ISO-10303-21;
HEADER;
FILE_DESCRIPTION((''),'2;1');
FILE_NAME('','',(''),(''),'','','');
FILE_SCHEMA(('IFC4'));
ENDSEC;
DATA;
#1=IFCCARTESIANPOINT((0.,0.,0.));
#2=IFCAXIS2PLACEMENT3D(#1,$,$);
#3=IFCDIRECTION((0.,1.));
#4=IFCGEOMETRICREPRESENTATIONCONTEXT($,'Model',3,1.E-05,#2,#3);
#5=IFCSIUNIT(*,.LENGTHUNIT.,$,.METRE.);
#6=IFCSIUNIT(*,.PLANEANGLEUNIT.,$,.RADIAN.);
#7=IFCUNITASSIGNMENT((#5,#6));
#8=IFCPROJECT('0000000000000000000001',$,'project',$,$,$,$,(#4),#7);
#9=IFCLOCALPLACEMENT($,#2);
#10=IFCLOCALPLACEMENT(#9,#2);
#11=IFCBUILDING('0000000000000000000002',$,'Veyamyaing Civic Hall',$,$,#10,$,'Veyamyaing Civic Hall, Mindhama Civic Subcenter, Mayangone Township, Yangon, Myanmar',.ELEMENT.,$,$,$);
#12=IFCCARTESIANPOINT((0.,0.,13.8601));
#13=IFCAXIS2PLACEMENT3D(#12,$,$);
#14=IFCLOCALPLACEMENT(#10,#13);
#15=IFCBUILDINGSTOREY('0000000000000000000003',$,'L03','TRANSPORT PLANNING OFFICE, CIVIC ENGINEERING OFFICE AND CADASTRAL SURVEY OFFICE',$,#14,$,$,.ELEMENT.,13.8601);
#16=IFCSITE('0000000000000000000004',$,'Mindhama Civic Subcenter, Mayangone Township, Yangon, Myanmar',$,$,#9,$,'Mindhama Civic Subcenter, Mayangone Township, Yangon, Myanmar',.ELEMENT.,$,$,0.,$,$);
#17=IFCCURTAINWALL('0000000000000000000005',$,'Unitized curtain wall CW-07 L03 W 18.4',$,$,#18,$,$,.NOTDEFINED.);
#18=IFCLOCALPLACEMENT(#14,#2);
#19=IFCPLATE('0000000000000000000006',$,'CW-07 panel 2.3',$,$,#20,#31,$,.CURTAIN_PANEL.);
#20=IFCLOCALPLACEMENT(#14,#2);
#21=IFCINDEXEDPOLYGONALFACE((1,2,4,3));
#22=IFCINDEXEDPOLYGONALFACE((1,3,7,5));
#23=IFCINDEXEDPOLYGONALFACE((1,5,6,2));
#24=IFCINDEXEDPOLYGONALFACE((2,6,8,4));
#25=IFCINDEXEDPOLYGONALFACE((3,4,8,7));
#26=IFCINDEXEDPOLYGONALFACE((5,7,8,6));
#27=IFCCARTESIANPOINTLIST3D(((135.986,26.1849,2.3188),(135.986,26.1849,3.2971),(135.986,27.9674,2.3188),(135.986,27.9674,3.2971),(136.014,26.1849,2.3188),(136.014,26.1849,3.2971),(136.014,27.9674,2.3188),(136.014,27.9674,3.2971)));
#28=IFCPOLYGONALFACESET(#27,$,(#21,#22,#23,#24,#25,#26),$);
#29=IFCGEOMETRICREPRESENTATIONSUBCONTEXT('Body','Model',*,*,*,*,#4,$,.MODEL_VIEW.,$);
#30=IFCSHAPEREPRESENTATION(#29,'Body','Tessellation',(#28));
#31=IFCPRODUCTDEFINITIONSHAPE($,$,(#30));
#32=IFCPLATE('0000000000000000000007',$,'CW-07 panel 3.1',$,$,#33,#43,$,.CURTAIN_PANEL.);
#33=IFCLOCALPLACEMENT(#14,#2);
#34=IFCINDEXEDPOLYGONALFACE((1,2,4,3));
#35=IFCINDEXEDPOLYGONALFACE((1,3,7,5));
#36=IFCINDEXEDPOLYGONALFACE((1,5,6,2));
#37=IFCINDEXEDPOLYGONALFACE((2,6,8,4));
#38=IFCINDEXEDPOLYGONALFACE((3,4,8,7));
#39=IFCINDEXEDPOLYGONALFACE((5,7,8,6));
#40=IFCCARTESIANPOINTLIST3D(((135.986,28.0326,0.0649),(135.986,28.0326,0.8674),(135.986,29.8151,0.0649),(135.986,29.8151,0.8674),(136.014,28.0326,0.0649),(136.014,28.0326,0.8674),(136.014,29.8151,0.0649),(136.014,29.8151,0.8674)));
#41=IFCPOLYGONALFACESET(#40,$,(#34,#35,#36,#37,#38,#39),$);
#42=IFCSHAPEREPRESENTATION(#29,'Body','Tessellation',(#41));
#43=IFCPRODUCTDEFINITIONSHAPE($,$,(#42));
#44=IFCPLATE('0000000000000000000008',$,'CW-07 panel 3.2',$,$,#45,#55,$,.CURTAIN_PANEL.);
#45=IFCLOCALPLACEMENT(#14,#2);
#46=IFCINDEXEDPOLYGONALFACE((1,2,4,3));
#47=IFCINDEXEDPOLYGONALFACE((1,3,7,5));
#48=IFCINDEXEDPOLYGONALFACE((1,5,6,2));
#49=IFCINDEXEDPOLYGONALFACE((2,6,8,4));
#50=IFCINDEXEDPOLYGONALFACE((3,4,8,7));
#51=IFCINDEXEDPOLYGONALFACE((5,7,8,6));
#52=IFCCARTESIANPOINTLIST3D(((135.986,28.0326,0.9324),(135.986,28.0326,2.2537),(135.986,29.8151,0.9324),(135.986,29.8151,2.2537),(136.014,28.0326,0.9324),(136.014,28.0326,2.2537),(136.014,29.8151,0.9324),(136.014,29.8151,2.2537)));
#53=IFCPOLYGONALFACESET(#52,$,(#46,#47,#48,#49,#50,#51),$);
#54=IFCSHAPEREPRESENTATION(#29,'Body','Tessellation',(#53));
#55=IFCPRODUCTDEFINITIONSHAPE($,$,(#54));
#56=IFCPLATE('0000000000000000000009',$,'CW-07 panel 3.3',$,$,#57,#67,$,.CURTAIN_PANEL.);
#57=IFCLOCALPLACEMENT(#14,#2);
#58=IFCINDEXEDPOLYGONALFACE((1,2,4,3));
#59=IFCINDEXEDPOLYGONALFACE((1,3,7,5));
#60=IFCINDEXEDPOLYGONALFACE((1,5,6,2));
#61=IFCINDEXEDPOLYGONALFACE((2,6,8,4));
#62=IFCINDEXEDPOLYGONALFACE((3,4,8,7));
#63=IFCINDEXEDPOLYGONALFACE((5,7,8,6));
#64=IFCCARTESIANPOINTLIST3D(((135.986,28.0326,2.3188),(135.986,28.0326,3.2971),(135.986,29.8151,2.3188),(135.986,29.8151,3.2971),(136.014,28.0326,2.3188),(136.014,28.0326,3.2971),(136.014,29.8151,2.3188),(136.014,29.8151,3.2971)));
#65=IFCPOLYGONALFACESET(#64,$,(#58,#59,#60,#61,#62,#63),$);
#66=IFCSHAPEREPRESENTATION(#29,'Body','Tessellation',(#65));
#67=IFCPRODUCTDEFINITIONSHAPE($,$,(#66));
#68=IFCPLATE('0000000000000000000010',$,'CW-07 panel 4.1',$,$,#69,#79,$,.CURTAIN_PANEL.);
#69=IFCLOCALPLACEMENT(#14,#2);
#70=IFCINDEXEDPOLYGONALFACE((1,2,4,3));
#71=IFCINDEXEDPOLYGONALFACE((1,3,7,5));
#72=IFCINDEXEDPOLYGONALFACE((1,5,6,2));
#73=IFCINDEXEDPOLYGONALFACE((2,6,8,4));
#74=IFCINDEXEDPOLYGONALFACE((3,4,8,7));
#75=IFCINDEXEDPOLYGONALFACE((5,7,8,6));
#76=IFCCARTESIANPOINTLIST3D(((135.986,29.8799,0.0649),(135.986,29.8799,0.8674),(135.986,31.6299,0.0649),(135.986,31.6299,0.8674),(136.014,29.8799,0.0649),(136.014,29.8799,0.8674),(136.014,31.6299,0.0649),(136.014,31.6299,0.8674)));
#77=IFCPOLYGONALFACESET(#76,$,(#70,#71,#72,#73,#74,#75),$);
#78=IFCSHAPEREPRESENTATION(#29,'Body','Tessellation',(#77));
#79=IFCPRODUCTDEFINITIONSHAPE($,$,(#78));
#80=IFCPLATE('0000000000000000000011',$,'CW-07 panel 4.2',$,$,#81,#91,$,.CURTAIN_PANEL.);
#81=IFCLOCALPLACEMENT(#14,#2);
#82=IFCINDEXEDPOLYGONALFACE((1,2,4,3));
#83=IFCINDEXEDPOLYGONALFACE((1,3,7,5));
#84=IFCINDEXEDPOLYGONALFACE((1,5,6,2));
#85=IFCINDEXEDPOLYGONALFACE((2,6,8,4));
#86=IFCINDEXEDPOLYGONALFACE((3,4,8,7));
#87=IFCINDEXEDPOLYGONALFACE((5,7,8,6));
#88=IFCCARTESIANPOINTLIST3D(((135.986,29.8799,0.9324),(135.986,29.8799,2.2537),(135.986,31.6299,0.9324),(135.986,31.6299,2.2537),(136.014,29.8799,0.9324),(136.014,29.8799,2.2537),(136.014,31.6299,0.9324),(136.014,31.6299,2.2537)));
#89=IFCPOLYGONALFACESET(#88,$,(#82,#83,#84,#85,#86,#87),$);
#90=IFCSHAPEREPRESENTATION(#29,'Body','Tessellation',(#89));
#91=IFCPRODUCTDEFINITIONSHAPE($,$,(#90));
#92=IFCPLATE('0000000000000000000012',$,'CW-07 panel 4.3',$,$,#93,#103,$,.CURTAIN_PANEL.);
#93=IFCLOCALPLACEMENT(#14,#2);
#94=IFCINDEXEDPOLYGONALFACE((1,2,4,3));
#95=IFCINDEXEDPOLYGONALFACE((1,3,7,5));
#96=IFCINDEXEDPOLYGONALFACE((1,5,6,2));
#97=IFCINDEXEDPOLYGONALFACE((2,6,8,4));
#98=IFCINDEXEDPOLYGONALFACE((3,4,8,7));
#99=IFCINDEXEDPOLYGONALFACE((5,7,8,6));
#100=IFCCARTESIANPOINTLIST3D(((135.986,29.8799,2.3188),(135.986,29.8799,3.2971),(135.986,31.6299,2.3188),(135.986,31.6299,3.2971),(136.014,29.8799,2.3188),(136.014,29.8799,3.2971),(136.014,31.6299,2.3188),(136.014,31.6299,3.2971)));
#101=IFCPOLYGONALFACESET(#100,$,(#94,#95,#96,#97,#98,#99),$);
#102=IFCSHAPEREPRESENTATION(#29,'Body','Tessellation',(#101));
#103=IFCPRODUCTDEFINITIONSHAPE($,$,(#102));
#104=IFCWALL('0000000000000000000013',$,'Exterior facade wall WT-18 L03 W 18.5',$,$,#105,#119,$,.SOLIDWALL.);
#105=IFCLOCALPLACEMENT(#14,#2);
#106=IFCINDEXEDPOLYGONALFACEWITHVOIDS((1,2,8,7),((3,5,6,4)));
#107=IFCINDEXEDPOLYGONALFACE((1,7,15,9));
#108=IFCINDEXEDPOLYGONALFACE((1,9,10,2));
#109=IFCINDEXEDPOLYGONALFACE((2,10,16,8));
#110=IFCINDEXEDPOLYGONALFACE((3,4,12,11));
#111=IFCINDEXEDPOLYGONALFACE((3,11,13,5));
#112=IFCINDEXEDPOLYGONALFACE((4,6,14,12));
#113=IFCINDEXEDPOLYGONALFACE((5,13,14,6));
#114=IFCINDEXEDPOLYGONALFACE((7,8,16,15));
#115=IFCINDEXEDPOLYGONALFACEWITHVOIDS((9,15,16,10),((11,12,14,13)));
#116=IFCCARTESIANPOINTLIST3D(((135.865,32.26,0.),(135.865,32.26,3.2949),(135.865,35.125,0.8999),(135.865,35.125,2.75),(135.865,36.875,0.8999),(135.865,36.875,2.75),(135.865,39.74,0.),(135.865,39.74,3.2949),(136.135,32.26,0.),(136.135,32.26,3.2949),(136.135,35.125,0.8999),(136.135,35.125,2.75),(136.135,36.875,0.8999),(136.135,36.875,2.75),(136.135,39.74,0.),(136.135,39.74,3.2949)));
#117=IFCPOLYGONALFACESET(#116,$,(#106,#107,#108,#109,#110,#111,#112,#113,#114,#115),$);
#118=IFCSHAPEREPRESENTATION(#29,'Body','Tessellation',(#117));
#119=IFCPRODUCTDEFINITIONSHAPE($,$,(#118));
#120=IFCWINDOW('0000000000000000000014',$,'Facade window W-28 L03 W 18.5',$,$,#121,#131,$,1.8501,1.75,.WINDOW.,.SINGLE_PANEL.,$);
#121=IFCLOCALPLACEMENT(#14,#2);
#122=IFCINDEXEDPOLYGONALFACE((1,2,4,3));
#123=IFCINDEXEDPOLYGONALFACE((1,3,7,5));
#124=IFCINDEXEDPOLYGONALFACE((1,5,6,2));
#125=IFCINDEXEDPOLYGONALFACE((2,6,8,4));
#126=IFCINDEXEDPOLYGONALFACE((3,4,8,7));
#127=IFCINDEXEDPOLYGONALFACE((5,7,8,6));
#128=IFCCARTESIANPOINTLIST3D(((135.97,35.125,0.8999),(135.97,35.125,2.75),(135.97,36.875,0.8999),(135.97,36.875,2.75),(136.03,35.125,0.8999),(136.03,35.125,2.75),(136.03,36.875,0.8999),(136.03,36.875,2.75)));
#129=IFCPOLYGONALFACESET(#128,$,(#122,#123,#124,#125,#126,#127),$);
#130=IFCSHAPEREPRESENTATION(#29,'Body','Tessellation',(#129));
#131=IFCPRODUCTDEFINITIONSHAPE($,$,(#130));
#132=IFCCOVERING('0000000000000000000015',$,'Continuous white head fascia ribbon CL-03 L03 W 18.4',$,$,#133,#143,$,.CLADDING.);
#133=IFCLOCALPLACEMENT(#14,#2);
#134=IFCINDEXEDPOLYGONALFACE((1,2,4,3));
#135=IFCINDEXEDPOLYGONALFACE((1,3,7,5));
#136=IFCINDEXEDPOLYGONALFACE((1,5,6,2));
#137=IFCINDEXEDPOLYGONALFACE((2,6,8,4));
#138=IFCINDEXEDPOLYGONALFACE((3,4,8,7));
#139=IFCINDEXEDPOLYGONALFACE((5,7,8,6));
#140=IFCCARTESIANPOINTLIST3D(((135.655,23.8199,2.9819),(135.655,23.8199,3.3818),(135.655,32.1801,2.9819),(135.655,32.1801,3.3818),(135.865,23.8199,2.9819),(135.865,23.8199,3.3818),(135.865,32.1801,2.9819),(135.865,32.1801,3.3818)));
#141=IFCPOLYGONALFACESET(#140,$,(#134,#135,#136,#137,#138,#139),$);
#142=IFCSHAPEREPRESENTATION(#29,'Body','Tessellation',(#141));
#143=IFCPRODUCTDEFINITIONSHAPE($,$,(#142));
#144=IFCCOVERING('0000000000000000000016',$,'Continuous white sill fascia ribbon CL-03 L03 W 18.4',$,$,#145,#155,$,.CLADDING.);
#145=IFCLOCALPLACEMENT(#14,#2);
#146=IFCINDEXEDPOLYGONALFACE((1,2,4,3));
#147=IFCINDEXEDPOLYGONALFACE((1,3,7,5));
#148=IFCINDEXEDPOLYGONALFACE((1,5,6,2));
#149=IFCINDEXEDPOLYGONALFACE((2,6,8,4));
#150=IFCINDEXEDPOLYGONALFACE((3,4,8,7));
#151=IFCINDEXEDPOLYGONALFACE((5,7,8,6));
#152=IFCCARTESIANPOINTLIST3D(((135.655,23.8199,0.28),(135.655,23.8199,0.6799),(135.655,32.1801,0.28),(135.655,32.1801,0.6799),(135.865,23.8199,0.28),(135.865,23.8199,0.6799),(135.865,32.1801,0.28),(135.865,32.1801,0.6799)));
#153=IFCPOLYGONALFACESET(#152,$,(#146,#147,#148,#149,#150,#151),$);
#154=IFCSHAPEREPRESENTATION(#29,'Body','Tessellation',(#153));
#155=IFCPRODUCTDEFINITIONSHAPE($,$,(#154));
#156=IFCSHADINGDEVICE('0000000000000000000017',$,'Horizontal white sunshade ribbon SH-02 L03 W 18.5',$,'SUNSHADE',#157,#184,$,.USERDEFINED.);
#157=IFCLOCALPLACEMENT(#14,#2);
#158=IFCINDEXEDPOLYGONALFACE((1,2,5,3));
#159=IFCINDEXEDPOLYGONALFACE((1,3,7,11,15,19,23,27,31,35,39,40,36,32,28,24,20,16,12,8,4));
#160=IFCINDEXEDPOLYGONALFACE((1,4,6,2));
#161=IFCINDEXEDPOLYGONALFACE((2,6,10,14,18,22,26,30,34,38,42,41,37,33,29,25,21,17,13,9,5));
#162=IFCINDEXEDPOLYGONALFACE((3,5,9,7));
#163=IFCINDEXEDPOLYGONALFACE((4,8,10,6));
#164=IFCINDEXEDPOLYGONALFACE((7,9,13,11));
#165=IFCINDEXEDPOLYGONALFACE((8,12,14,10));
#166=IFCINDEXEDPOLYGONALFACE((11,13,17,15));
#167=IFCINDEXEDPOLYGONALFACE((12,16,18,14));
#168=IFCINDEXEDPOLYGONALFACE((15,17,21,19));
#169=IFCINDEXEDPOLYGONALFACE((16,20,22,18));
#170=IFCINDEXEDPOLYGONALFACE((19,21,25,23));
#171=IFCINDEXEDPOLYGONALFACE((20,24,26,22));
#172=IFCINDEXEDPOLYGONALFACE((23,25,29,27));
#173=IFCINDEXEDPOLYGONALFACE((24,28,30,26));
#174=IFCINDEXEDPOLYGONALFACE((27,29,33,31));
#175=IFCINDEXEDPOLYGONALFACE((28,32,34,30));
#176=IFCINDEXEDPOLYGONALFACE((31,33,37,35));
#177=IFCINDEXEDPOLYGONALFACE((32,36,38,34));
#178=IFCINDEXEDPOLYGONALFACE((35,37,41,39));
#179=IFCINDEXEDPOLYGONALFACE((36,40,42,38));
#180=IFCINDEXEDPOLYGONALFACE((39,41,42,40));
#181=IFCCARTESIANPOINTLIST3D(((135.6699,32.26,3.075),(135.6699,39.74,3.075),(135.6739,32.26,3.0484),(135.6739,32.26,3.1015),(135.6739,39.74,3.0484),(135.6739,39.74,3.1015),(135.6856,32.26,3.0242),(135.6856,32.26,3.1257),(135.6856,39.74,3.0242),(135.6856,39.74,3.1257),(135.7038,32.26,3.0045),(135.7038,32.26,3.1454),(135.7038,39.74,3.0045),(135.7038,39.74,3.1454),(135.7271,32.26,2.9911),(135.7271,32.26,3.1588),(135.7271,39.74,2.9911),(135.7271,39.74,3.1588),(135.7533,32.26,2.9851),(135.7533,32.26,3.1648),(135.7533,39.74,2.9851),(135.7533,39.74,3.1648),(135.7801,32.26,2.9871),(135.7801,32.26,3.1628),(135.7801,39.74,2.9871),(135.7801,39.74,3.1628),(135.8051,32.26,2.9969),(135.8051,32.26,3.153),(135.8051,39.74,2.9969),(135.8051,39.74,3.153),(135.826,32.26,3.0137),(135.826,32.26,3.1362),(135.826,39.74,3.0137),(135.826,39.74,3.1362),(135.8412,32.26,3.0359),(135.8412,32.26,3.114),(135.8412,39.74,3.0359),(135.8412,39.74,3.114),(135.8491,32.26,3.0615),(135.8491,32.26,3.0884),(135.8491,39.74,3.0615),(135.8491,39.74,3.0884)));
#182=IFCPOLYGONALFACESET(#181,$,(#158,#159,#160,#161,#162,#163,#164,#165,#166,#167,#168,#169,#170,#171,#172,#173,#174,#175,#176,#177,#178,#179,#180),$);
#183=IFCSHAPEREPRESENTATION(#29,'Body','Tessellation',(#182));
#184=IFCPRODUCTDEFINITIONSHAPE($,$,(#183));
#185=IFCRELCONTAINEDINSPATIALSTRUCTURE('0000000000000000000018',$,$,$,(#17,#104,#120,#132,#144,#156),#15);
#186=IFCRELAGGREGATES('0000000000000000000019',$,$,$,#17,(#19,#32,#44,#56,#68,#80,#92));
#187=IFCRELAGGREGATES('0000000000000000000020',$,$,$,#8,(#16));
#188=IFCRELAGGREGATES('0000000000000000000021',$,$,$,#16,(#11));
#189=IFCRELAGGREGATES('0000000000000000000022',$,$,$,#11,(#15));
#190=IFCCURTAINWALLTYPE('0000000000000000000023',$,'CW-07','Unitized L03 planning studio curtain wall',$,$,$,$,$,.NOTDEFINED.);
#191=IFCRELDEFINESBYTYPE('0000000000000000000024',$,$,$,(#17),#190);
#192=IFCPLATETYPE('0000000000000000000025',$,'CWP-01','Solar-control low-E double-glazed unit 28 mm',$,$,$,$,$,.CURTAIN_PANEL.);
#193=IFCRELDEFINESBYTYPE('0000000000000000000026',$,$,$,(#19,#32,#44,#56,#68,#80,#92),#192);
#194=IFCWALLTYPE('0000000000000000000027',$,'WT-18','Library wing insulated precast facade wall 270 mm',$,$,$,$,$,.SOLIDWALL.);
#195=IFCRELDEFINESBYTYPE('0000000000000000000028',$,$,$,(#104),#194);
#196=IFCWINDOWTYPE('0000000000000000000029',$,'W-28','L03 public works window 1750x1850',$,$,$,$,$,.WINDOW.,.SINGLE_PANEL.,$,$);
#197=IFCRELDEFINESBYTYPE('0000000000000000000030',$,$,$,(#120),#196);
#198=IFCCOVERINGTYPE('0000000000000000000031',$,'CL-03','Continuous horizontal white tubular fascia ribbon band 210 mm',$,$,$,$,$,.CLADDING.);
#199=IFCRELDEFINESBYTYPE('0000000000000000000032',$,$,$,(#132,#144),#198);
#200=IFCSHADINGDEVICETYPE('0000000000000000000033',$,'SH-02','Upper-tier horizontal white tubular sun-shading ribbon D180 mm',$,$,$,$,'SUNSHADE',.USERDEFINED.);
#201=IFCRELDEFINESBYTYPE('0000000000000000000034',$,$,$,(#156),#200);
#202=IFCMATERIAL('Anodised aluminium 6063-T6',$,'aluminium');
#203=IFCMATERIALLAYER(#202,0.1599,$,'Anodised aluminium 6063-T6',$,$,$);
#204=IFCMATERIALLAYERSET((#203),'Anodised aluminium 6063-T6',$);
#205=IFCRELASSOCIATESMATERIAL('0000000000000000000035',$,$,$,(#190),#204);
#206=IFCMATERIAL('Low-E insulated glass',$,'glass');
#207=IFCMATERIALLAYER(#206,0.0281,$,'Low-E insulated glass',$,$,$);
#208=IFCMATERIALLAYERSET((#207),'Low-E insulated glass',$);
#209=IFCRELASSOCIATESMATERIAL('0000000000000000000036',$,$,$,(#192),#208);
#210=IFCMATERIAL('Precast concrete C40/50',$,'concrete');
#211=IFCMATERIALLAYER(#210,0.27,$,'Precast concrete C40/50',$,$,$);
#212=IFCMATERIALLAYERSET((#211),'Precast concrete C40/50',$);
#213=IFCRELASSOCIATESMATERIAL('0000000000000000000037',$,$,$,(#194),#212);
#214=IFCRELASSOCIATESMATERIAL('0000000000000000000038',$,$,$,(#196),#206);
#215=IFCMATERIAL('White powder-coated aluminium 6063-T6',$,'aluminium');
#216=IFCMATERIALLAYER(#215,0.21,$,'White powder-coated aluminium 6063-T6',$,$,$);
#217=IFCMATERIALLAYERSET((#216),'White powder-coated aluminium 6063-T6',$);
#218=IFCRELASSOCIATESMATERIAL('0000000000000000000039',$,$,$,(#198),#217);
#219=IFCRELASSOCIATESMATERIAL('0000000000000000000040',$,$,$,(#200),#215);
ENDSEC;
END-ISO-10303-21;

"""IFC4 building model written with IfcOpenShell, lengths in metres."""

from ifc_helpers import new_model, si_unit, direction, frame, frame_2d, origin, origin_2d, place, context, subcontext, project, spatial, rectangle, circle, extrude, material, layer, layer_set, material_profile, profile_set, type_object, element, fill, aggregate, save


model = new_model("IFC4")

# Units and contexts
model_context = context("Model", 3, precision=1e-05, world=origin(), true_north=direction((0.0, 1.0)))
body_context = subcontext(model_context, "Body", "Model", "MODEL_VIEW")
ifc_project = project(units=[si_unit("LENGTHUNIT", "METRE"), si_unit("PLANEANGLEUNIT", "RADIAN")], contexts=[model_context])

# Site, building, storey
site_placement = place(None, origin())
site = spatial("IfcSite", under=ifc_project, at=site_placement, Name="Mindhama Civic Subcenter, Mayangone Township, Yangon, Myanmar", LongName="Mindhama Civic Subcenter, Mayangone Township, Yangon, Myanmar", CompositionType="ELEMENT", RefElevation=0.0)
building_placement = place(site_placement, origin())
building = spatial("IfcBuilding", under=site, at=building_placement, Name="Veyamyaing Civic Hall", LongName="Veyamyaing Civic Hall, Mindhama Civic Subcenter, Mayangone Township, Yangon, Myanmar", CompositionType="ELEMENT")
storey_placement = place(building_placement, frame((0.0, 0.0, 13.8601)))
storey = spatial("IfcBuildingStorey", under=building, at=storey_placement, Name="L03", Description="TRANSPORT PLANNING OFFICE, CIVIC ENGINEERING OFFICE AND CADASTRAL SURVEY OFFICE", CompositionType="ELEMENT", Elevation=13.8601)

# Curtain wall
ifc_material_1 = material(Name="Anodised aluminium 6063-T6", Category="aluminium")
ifc_layer_1 = layer(ifc_material_1, 0.1599, Name="Anodised aluminium 6063-T6")
ifc_layer_set_1 = layer_set([ifc_layer_1], Name="Anodised aluminium 6063-T6")
curtain_wall_type = type_object("IfcCurtainWallType", Name="CW-07", Description="Unitized L03 planning studio curtain wall", PredefinedType="NOTDEFINED", material=ifc_layer_set_1)
curtain_wall_placement = place(storey_placement, origin())
curtain_wall = element("IfcCurtainWall", 1, at=curtain_wall_placement, inside=storey, type_object=curtain_wall_type, Name="Unitized curtain wall CW-07 L03 W 18.4", PredefinedType="NOTDEFINED")

# Plates
ifc_material_2 = material(Name="Low-E insulated glass", Category="glass")
ifc_layer_2 = layer(ifc_material_2, 0.0281, Name="Low-E insulated glass")
ifc_layer_set_2 = layer_set([ifc_layer_2], Name="Low-E insulated glass")
plate_type = type_object("IfcPlateType", Name="CWP-01", Description="Solar-control low-E double-glazed unit 28 mm", PredefinedType="CURTAIN_PANEL", material=ifc_layer_set_2)
plate_1_placement = place(storey_placement, frame((136.0, 27.0762, 2.3188), z_axis=(0.0, 0.0, 1.0), x_axis=(0.0, 1.0, 0.0)))
plate_1 = element("IfcPlate", 2, at=plate_1_placement, type_object=plate_type, Name="CW-07 panel 2.3", PredefinedType="CURTAIN_PANEL", context=body_context, shape_type="SweptSolid", body=[
    extrude(rectangle(XDim=1.7825, YDim=0.0281, at=origin_2d()), origin(), (0.0, 0.0, 1.0), 0.9783),
])
plate_2_placement = place(storey_placement, frame((136.0, 28.9238, 0.0649), z_axis=(0.0, 0.0, 1.0), x_axis=(0.0, 1.0, 0.0)))
plate_2 = element("IfcPlate", 3, at=plate_2_placement, type_object=plate_type, Name="CW-07 panel 3.1", PredefinedType="CURTAIN_PANEL", context=body_context, shape_type="SweptSolid", body=[
    extrude(rectangle(XDim=1.7825, YDim=0.0281, at=origin_2d()), origin(), (0.0, 0.0, 1.0), 0.8025),
])
plate_3_placement = place(storey_placement, frame((136.0, 28.9238, 0.9324), z_axis=(0.0, 0.0, 1.0), x_axis=(0.0, 1.0, 0.0)))
plate_3 = element("IfcPlate", 4, at=plate_3_placement, type_object=plate_type, Name="CW-07 panel 3.2", PredefinedType="CURTAIN_PANEL", context=body_context, shape_type="SweptSolid", body=[
    extrude(rectangle(XDim=1.7825, YDim=0.0281, at=origin_2d()), origin(), (0.0, 0.0, 1.0), 1.3213),
])
plate_4_placement = place(storey_placement, frame((136.0, 28.9238, 2.3188), z_axis=(0.0, 0.0, 1.0), x_axis=(0.0, 1.0, 0.0)))
plate_4 = element("IfcPlate", 5, at=plate_4_placement, type_object=plate_type, Name="CW-07 panel 3.3", PredefinedType="CURTAIN_PANEL", context=body_context, shape_type="SweptSolid", body=[
    extrude(rectangle(XDim=1.7825, YDim=0.0281, at=origin_2d()), origin(), (0.0, 0.0, 1.0), 0.9783),
])
plate_5_placement = place(storey_placement, frame((136.0, 30.7549, 0.0649), z_axis=(0.0, 0.0, 1.0), x_axis=(0.0, 1.0, 0.0)))
plate_5 = element("IfcPlate", 6, at=plate_5_placement, type_object=plate_type, Name="CW-07 panel 4.1", PredefinedType="CURTAIN_PANEL", context=body_context, shape_type="SweptSolid", body=[
    extrude(rectangle(XDim=1.75, YDim=0.0281, at=origin_2d()), origin(), (0.0, 0.0, 1.0), 0.8025),
])
plate_6_placement = place(storey_placement, frame((136.0, 30.7549, 0.9324), z_axis=(0.0, 0.0, 1.0), x_axis=(0.0, 1.0, 0.0)))
plate_6 = element("IfcPlate", 7, at=plate_6_placement, type_object=plate_type, Name="CW-07 panel 4.2", PredefinedType="CURTAIN_PANEL", context=body_context, shape_type="SweptSolid", body=[
    extrude(rectangle(XDim=1.75, YDim=0.0281, at=origin_2d()), origin(), (0.0, 0.0, 1.0), 1.3213),
])
plate_7_placement = place(storey_placement, frame((136.0, 30.7549, 2.3188), z_axis=(0.0, 0.0, 1.0), x_axis=(0.0, 1.0, 0.0)))
plate_7 = element("IfcPlate", 8, at=plate_7_placement, type_object=plate_type, Name="CW-07 panel 4.3", PredefinedType="CURTAIN_PANEL", context=body_context, shape_type="SweptSolid", body=[
    extrude(rectangle(XDim=1.75, YDim=0.0281, at=origin_2d()), origin(), (0.0, 0.0, 1.0), 0.9783),
])
aggregate(curtain_wall, [plate_1, plate_2, plate_3, plate_4, plate_5, plate_6, plate_7])

# Wall, opening, window
ifc_material_3 = material(Name="Precast concrete C40/50", Category="concrete")
ifc_layer_3 = layer(ifc_material_3, 0.27, Name="Precast concrete C40/50")
ifc_layer_set_3 = layer_set([ifc_layer_3], Name="Precast concrete C40/50")
wall_type = type_object("IfcWallType", Name="WT-18", Description="Library wing insulated precast facade wall 270 mm", PredefinedType="SOLIDWALL", material=ifc_layer_set_3)
wall_placement = place(storey_placement, frame((136.0, 32.26, 0.0), z_axis=(0.0, 0.0, 1.0), x_axis=(0.0, 1.0, 0.0)))
wall = element("IfcWall", 9, at=wall_placement, inside=storey, type_object=wall_type, Name="Exterior facade wall WT-18 L03 W 18.5", PredefinedType="SOLIDWALL", context=body_context, shape_type="SweptSolid", body=[
    extrude(rectangle(XDim=7.48, YDim=0.27, at=frame_2d((3.74, 0.0))), origin(), (0.0, 0.0, 1.0), 3.2949),
])
opening_placement = place(wall_placement, frame((2.865, 0.0, 0.8999)))
opening = element("IfcOpeningElement", 10, at=opening_placement, cuts=wall, PredefinedType="OPENING", context=body_context, shape_type="SweptSolid", body=[
    extrude(rectangle(XDim=1.75, YDim=1.8501, at=frame_2d((0.875, 0.925))), frame((0.0, 0.145, 0.0), z_axis=(0.0, -1.0, 0.0), x_axis=(1.0, 0.0, 0.0)), (0.0, 0.0, 1.0), 0.29),
])
window_type = type_object("IfcWindowType", Name="W-28", Description="L03 public works window 1750x1850", PartitioningType="SINGLE_PANEL", PredefinedType="WINDOW", material=ifc_material_2)
window_placement = place(opening_placement, origin())
window = element("IfcWindow", 11, at=window_placement, inside=storey, type_object=window_type, Name="Facade window W-28 L03 W 18.5", OverallHeight=1.8501, OverallWidth=1.75, PartitioningType="SINGLE_PANEL", PredefinedType="WINDOW", context=body_context, shape_type="SweptSolid", body=[
    extrude(rectangle(XDim=1.75, YDim=1.8501, at=frame_2d((0.875, 0.925))), frame((0.0, 0.03, 0.0), z_axis=(0.0, -1.0, 0.0), x_axis=(1.0, 0.0, 0.0)), (0.0, 0.0, 1.0), 0.0601),
])
fill(opening, window)

# Coverings
ifc_material_4 = material(Name="White powder-coated aluminium 6063-T6", Category="aluminium")
ifc_layer_4 = layer(ifc_material_4, 0.21, Name="White powder-coated aluminium 6063-T6")
ifc_layer_set_4 = layer_set([ifc_layer_4], Name="White powder-coated aluminium 6063-T6")
covering_type = type_object("IfcCoveringType", Name="CL-03", Description="Continuous horizontal white tubular fascia ribbon band 210 mm", PredefinedType="CLADDING", material=ifc_layer_set_4)
for number, where, z_axis, x_axis, name in (
    (12, (135.76, 28.0, 2.9819), (0.0, 0.0, 1.0), (0.0, 1.0, 0.0), "Continuous white head fascia ribbon CL-03 L03 W 18.4"),
    (13, (135.76, 28.0, 0.28), (0.0, 0.0, 1.0), (0.0, 1.0, 0.0), "Continuous white sill fascia ribbon CL-03 L03 W 18.4"),
):
    element("IfcCovering", number, at=place(storey_placement, frame(where, z_axis=z_axis, x_axis=x_axis)), inside=storey, type_object=covering_type, Name=name, PredefinedType="CLADDING", context=body_context, shape_type="SweptSolid", body=[
        extrude(rectangle(XDim=8.3601, YDim=0.21, at=origin_2d()), origin(), (0.0, 0.0, 1.0), 0.3999),
    ])

# Shading device
ifc_material_profile_1 = material_profile(ifc_material_4, circle(Radius=0.0901, at=origin_2d()), Name="SHADE-TUBE-180")
ifc_profile_set_1 = profile_set([ifc_material_profile_1], Name="White powder-coated aluminium 6063-T6")
shading_device_type = type_object("IfcShadingDeviceType", Name="SH-02", Description="Upper-tier horizontal white tubular sun-shading ribbon D180 mm", ElementType="SUNSHADE", PredefinedType="USERDEFINED", material=ifc_profile_set_1)
shading_device_placement = place(storey_placement, frame((135.76, 32.26, 3.075), z_axis=(0.0, 1.0, 0.0), x_axis=(-1.0, 0.0, 0.0)))
element("IfcShadingDevice", 14, at=shading_device_placement, inside=storey, type_object=shading_device_type, Name="Horizontal white sunshade ribbon SH-02 L03 W 18.5", ObjectType="SUNSHADE", PredefinedType="USERDEFINED", context=body_context, shape_type="SweptSolid", body=[
    extrude(circle(Radius=0.0901, at=origin_2d()), origin(), (0.0, 0.0, 1.0), 7.48),
])

save(model, "model.ifc")
